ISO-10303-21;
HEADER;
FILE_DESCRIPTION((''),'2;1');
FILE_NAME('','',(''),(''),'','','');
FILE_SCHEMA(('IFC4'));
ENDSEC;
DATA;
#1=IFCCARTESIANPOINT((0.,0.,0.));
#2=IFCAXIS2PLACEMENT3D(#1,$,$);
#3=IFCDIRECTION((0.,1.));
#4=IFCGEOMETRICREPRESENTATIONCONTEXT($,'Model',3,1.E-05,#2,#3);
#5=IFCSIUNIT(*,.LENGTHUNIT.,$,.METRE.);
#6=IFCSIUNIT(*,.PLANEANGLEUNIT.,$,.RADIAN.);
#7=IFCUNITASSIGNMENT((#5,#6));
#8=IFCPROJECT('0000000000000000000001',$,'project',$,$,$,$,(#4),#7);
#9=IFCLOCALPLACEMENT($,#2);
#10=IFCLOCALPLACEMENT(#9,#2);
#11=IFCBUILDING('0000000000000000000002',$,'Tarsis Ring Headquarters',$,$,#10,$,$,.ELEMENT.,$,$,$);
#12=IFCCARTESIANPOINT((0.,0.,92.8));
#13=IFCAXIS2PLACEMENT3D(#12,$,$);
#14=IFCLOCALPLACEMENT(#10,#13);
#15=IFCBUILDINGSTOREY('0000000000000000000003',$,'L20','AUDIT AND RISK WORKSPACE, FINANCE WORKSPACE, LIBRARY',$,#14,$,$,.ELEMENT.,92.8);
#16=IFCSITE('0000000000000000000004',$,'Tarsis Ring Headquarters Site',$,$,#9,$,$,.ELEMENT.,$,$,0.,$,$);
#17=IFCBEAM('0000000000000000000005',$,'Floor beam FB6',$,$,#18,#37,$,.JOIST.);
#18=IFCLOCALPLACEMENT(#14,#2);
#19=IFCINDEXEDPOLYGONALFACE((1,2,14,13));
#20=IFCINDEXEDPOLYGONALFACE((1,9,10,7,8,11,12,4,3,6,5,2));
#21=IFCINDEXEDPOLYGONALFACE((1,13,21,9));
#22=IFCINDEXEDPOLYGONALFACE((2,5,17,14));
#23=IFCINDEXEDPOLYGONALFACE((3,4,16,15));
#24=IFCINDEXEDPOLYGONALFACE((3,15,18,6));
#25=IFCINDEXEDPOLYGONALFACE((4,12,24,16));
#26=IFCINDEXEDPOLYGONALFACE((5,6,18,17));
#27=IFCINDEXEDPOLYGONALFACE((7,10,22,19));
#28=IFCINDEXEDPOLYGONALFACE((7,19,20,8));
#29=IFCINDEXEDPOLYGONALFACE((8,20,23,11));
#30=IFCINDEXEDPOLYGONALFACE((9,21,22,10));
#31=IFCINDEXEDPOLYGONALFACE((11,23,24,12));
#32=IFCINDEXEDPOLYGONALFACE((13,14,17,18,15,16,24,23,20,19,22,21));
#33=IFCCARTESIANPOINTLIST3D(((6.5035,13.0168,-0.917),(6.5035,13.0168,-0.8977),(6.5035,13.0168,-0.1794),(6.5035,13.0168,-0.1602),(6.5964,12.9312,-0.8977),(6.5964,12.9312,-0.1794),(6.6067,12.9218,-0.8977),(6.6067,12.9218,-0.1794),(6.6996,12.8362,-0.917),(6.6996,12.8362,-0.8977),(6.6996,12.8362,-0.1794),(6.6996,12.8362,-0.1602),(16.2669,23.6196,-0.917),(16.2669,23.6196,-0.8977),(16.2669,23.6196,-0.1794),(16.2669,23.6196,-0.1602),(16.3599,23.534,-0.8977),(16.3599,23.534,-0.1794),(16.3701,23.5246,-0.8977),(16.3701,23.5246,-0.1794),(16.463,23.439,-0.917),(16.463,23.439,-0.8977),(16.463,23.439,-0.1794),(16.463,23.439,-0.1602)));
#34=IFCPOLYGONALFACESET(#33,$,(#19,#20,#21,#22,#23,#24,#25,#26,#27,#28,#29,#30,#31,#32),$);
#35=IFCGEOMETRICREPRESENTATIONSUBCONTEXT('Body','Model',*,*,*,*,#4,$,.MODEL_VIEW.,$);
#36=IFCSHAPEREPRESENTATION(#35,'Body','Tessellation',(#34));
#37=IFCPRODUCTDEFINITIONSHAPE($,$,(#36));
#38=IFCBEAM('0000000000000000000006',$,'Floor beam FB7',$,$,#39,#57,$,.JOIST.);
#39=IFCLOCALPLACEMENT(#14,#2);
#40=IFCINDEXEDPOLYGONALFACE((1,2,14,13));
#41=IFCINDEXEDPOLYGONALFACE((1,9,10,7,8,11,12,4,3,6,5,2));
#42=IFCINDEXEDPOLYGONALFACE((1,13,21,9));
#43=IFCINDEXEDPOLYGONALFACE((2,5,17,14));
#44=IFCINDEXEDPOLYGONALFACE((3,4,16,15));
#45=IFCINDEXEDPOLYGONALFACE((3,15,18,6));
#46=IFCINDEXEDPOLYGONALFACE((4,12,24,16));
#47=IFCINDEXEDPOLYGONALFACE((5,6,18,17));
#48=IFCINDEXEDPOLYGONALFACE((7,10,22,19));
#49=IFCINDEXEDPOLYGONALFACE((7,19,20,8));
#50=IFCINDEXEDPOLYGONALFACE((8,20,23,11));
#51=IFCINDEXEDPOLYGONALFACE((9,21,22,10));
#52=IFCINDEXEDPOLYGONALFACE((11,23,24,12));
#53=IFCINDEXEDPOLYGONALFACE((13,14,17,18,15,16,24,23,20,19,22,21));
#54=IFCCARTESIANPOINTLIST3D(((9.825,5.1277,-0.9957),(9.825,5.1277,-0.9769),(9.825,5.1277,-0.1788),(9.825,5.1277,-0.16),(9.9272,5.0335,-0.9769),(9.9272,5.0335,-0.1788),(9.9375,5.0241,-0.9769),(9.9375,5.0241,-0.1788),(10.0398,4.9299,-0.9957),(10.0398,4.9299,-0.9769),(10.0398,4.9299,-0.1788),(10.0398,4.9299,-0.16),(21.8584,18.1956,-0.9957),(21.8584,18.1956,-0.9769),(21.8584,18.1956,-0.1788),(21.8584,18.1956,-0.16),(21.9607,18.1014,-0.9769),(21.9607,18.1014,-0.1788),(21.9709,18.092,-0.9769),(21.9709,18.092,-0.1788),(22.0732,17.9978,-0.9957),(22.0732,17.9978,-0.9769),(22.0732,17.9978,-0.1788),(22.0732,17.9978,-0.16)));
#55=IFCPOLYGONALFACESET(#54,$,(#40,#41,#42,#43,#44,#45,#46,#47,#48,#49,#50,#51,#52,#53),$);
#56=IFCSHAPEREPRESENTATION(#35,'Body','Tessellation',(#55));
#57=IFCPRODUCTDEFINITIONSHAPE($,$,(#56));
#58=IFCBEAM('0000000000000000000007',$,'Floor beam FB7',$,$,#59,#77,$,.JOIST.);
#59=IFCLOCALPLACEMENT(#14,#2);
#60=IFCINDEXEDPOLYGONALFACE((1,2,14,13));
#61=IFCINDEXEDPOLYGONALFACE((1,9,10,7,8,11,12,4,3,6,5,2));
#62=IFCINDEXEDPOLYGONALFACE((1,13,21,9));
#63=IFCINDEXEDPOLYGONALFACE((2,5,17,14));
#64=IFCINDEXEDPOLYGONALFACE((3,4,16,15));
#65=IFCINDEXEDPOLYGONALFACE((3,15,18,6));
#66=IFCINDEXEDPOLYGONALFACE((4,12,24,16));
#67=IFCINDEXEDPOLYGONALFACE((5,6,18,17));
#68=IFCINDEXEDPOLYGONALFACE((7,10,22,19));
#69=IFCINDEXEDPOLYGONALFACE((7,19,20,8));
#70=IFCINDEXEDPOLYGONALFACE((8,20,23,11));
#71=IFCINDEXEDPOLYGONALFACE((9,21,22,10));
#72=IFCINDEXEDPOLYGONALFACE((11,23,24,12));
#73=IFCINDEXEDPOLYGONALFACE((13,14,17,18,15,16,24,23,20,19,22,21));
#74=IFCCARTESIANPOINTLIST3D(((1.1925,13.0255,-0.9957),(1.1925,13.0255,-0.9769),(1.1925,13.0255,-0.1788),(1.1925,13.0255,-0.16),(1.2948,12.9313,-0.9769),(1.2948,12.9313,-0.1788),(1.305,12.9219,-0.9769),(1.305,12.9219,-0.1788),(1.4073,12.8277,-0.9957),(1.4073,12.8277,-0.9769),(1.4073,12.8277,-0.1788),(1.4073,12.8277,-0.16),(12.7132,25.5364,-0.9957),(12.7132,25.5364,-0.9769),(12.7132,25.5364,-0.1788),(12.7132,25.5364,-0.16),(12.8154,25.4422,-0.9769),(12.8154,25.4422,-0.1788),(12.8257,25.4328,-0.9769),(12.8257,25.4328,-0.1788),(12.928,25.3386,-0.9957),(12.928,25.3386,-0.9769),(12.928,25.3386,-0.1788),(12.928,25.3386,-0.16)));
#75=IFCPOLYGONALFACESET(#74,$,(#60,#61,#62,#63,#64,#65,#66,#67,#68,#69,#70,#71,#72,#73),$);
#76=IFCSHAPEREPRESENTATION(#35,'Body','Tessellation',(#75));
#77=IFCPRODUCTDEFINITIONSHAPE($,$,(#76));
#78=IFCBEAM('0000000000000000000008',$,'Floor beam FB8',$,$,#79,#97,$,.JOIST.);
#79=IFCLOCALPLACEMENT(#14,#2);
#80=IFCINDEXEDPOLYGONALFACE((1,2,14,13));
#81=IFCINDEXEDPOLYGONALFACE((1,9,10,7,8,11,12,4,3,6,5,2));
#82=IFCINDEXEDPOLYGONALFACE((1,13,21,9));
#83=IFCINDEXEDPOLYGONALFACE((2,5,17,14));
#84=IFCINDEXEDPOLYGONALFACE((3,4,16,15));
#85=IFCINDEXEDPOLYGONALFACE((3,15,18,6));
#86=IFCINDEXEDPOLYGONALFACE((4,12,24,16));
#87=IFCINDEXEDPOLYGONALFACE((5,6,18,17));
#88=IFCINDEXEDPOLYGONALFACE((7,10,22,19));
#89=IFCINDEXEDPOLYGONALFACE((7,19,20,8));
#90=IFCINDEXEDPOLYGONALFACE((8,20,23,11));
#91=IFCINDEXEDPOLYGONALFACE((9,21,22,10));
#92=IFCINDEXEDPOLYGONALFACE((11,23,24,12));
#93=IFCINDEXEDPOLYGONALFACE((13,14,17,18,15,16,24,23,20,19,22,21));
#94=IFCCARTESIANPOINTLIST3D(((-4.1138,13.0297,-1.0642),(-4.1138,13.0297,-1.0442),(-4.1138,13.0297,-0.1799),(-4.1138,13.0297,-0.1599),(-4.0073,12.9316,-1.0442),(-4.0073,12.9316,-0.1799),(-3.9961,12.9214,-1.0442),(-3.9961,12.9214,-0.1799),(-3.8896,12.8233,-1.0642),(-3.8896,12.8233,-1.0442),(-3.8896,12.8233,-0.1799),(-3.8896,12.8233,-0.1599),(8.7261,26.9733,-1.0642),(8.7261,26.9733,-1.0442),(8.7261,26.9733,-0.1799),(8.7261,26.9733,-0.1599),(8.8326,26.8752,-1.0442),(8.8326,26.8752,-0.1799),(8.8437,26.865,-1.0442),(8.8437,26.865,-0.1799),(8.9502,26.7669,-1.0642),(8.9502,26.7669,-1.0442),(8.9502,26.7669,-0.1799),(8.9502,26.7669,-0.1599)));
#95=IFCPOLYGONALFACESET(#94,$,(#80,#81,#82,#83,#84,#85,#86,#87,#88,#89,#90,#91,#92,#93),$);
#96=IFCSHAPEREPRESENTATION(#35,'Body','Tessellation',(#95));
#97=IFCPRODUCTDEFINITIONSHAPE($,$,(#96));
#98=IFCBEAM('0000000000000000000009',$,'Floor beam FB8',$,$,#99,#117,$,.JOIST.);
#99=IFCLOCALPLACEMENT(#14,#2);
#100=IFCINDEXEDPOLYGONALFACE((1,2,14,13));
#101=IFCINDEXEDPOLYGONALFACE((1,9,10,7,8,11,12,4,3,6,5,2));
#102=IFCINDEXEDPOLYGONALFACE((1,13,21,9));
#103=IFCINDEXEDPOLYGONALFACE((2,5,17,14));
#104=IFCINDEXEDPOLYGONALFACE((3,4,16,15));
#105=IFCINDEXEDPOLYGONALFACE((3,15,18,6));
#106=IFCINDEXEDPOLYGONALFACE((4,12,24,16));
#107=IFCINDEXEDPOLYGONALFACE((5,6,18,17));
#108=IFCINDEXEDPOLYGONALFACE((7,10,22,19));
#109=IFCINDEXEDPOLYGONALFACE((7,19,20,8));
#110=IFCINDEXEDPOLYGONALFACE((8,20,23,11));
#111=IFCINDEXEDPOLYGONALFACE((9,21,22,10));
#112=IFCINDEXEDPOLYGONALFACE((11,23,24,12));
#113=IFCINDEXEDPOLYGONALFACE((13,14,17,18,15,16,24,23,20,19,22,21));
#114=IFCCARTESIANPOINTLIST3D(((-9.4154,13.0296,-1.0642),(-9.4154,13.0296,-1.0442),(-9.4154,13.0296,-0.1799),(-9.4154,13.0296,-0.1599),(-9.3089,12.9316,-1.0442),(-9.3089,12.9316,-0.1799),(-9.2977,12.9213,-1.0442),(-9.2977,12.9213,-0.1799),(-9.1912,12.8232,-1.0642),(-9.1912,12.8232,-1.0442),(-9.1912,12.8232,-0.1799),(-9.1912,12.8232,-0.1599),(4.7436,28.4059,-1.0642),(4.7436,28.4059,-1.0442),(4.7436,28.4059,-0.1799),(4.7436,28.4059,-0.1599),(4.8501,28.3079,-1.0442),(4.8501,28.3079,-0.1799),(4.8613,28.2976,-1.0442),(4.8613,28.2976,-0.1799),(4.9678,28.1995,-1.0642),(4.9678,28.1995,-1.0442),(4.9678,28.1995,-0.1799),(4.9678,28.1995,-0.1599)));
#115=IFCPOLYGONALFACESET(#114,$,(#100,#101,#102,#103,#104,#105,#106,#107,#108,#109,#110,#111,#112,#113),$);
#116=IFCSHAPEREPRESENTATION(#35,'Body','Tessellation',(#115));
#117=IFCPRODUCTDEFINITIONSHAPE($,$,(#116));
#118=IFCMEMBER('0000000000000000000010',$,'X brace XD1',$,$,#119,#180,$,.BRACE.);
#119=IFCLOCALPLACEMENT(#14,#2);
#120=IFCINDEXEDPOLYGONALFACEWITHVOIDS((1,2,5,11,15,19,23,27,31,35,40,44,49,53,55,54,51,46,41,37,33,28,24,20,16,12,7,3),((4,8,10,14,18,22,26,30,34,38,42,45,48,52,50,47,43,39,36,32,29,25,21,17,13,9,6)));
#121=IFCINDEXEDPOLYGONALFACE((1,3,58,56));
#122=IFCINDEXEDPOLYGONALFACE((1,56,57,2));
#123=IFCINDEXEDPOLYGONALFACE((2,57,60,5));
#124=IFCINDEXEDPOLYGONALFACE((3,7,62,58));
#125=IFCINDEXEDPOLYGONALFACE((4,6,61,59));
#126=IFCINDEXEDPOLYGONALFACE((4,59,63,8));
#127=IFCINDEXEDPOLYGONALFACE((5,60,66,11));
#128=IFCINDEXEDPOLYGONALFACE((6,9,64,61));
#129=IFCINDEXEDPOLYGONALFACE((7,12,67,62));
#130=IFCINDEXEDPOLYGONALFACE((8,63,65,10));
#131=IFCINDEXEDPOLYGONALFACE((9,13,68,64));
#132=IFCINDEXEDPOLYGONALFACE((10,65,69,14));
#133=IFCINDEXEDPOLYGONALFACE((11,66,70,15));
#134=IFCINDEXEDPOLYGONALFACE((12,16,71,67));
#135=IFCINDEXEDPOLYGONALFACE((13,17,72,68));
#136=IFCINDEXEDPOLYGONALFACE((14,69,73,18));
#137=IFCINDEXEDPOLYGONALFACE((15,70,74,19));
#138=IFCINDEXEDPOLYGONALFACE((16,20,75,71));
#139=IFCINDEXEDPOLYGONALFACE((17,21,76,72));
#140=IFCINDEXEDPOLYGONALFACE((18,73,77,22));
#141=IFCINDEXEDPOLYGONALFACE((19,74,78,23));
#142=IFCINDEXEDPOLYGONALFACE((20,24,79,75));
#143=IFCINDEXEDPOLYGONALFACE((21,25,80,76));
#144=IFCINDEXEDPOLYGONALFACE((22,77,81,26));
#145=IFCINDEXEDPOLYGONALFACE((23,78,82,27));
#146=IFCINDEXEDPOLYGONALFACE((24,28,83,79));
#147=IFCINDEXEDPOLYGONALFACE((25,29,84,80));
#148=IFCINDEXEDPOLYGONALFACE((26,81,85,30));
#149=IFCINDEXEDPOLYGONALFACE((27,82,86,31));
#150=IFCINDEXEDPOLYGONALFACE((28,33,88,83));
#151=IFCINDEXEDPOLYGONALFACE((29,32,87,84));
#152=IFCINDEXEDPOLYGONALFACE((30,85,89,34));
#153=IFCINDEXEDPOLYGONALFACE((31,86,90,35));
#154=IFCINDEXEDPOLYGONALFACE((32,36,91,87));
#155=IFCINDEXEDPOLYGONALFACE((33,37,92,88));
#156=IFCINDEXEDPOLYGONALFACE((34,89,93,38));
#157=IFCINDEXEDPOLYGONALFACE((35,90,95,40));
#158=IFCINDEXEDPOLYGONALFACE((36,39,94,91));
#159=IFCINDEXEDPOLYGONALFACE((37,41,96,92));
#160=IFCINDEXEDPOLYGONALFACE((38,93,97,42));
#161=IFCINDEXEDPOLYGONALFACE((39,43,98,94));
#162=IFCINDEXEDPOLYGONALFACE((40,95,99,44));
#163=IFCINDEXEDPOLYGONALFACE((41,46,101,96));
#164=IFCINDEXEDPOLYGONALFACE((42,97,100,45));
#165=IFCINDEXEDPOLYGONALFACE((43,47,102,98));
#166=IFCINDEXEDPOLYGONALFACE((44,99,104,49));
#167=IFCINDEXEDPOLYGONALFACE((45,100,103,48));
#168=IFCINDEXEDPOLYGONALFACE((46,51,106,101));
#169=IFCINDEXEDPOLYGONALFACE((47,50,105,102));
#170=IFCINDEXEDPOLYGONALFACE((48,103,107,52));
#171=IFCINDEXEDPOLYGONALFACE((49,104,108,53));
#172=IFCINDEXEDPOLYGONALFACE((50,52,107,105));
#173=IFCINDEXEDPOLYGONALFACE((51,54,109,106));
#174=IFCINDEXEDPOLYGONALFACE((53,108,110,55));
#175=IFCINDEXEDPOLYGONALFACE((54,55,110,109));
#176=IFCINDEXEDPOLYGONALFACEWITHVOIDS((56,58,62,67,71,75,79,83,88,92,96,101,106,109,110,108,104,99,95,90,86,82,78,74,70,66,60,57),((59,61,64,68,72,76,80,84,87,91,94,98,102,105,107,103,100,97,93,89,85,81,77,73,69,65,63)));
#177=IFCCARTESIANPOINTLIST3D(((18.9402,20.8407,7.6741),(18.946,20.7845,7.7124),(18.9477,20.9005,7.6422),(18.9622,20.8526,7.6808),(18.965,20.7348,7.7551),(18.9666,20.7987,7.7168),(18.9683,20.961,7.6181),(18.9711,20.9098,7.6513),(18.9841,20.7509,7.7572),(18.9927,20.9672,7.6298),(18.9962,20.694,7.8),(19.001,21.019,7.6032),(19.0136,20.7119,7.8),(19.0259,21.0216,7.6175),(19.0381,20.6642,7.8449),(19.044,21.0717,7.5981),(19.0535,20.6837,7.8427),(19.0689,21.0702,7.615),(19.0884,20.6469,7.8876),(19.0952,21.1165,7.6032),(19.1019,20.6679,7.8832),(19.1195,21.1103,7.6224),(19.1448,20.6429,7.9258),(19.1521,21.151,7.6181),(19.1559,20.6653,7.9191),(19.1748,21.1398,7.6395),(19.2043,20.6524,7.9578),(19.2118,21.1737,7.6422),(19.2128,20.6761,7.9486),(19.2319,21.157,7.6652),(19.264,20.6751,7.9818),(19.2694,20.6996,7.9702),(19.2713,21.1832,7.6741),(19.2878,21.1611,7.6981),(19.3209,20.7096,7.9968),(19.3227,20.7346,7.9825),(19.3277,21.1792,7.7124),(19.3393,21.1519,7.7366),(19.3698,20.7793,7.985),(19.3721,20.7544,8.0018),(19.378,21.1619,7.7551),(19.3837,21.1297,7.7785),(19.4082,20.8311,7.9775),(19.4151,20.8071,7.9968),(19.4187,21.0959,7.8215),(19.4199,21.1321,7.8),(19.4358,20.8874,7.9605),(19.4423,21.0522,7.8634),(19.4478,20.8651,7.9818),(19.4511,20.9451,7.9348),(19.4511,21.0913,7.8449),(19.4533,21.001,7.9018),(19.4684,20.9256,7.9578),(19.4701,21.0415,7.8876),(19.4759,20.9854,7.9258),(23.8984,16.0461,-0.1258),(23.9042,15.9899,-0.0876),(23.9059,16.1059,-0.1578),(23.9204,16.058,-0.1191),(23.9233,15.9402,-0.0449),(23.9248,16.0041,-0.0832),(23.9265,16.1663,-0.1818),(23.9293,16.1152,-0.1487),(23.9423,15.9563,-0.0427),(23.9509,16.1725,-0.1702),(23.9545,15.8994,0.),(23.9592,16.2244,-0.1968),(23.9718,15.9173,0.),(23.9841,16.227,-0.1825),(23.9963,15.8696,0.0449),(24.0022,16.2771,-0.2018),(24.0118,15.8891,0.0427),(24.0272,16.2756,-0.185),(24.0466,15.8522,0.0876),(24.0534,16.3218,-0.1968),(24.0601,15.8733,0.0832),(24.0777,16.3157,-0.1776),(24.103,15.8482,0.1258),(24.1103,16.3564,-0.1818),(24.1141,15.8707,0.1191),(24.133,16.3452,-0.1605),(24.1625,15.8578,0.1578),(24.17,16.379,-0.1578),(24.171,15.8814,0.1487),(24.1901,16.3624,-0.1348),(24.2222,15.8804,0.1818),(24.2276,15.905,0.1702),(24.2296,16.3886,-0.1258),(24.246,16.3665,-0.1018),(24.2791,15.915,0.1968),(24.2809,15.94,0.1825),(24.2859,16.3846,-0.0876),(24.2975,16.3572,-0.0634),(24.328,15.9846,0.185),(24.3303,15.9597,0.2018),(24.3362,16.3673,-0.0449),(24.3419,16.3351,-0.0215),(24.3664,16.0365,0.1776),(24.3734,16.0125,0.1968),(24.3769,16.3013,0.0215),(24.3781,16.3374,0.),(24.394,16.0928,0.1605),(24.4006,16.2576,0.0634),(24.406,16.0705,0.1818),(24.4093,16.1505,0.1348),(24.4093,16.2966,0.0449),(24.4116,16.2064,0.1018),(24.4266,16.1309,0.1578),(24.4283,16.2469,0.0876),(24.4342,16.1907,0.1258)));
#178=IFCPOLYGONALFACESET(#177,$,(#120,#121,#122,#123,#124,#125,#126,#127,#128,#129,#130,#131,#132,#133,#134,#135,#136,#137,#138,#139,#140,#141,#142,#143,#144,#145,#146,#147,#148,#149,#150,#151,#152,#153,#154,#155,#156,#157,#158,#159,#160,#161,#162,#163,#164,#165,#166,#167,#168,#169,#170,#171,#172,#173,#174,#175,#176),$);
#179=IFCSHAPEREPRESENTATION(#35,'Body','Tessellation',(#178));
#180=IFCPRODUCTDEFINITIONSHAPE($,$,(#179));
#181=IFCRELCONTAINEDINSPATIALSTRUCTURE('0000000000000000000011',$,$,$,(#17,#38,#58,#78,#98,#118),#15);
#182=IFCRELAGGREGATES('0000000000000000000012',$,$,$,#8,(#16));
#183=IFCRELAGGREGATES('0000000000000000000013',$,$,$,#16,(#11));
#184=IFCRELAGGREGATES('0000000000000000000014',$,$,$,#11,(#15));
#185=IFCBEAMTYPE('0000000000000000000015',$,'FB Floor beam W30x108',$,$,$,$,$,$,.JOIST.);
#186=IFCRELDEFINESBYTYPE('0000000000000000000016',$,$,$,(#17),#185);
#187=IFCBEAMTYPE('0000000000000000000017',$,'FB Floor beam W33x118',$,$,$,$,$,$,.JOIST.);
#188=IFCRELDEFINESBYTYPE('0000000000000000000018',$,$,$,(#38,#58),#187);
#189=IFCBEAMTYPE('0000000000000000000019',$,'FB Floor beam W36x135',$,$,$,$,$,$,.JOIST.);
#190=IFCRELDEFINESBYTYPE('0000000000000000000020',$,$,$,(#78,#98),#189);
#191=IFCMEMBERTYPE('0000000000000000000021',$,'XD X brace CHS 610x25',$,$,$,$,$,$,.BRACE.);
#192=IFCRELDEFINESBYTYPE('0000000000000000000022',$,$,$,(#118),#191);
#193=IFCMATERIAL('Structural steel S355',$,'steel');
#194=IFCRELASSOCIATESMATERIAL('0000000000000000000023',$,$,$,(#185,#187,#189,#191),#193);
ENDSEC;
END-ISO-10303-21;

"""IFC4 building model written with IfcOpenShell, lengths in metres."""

from ifc_helpers import new_model, si_unit, direction, frame, origin, origin_2d, place, context, subcontext, project, spatial, hollow_circle, i_section, extrude, material, material_profile, profile_set, type_object, element, save


model = new_model("IFC4")

# Units and contexts
model_context = context("Model", 3, precision=1e-05, world=origin(), true_north=direction((0.0, 1.0)))
body_context = subcontext(model_context, "Body", "Model", "MODEL_VIEW")
ifc_project = project(units=[si_unit("LENGTHUNIT", "METRE"), si_unit("PLANEANGLEUNIT", "RADIAN")], contexts=[model_context])

# Site, building, storey
site_placement = place(None, origin())
site = spatial("IfcSite", under=ifc_project, at=site_placement, Name="Tarsis Ring Headquarters Site", CompositionType="ELEMENT", RefElevation=0.0)
building_placement = place(site_placement, origin())
building = spatial("IfcBuilding", under=site, at=building_placement, Name="Tarsis Ring Headquarters", CompositionType="ELEMENT")
storey_placement = place(building_placement, frame((0.0, 0.0, 92.8)))
storey = spatial("IfcBuildingStorey", under=building, at=storey_placement, Name="L20", Description="AUDIT AND RISK WORKSPACE, FINANCE WORKSPACE, LIBRARY", CompositionType="ELEMENT", Elevation=92.8)

# Shared definitions
ifc_material_1 = material(Name="Structural steel S355", Category="steel")

# Beams
ifc_material_profile_1 = material_profile(ifc_material_1, i_section(OverallWidth=0.2666, OverallDepth=0.7568, WebThickness=0.0139, FlangeThickness=0.0193, at=origin_2d()), Name="W30x108")
ifc_profile_set_1 = profile_set([ifc_material_profile_1], Name="Structural steel S355")
beam_type_1 = type_object("IfcBeamType", Name="FB Floor beam W30x108", PredefinedType="JOIST", material=ifc_profile_set_1)
beam_1_placement = place(storey_placement, frame((16.365, 23.5293, -0.5386), z_axis=(-0.67739, -0.735624, 0.0), x_axis=(0.735624, -0.67739, 0.0)))
element("IfcBeam", 1, at=beam_1_placement, inside=storey, type_object=beam_type_1, Name="Floor beam FB6", PredefinedType="JOIST", context=body_context, shape_type="SweptSolid", body=[
    extrude(i_section(OverallWidth=0.2666, OverallDepth=0.7568, WebThickness=0.0139, FlangeThickness=0.0193, at=origin_2d()), origin(), (0.0, 0.0, 1.0), 14.4133),
])
ifc_material_profile_2 = material_profile(ifc_material_1, i_section(OverallWidth=0.292, OverallDepth=0.8357, WebThickness=0.0139, FlangeThickness=0.0188, at=origin_2d()), Name="W33x118")
ifc_profile_set_2 = profile_set([ifc_material_profile_2], Name="Structural steel S355")
beam_type_2 = type_object("IfcBeamType", Name="FB Floor beam W33x118", PredefinedType="JOIST", material=ifc_profile_set_2)
beam_2_placement = place(storey_placement, frame((21.9658, 18.0967, -0.5779), z_axis=(-0.677392, -0.735622, 0.0), x_axis=(0.735622, -0.677392, 0.0)))
element("IfcBeam", 2, at=beam_2_placement, inside=storey, type_object=beam_type_2, Name="Floor beam FB7", PredefinedType="JOIST", context=body_context, shape_type="SweptSolid", body=[
    extrude(i_section(OverallWidth=0.292, OverallDepth=0.8357, WebThickness=0.0139, FlangeThickness=0.0188, at=origin_2d()), origin(), (0.0, 0.0, 1.0), 17.7644),
])
beam_3_placement = place(storey_placement, frame((12.8206, 25.4375, -0.5779), z_axis=(-0.677395, -0.735619, 0.0), x_axis=(0.735619, -0.677395, 0.0)))
element("IfcBeam", 3, at=beam_3_placement, inside=storey, type_object=beam_type_2, Name="Floor beam FB7", PredefinedType="JOIST", context=body_context, shape_type="SweptSolid", body=[
    extrude(i_section(OverallWidth=0.292, OverallDepth=0.8357, WebThickness=0.0139, FlangeThickness=0.0188, at=origin_2d()), origin(), (0.0, 0.0, 1.0), 17.0073),
])
ifc_material_profile_3 = material_profile(ifc_material_1, i_section(OverallWidth=0.3047, OverallDepth=0.9043, WebThickness=0.0151, FlangeThickness=0.02, at=origin_2d()), Name="W36x135")
ifc_profile_set_3 = profile_set([ifc_material_profile_3], Name="Structural steel S355")
beam_type_3 = type_object("IfcBeamType", Name="FB Floor beam W36x135", PredefinedType="JOIST", material=ifc_profile_set_3)
beam_4_placement = place(storey_placement, frame((8.8381, 26.8701, -0.6121), z_axis=(-0.677392, -0.735623, 0.0), x_axis=(0.735623, -0.677392, 0.0)))
element("IfcBeam", 4, at=beam_4_placement, inside=storey, type_object=beam_type_3, Name="Floor beam FB8", PredefinedType="JOIST", context=body_context, shape_type="SweptSolid", body=[
    extrude(i_section(OverallWidth=0.3047, OverallDepth=0.9043, WebThickness=0.0151, FlangeThickness=0.02, at=origin_2d()), origin(), (0.0, 0.0, 1.0), 18.9548),
])
beam_5_placement = place(storey_placement, frame((4.8557, 28.3027, -0.6121), z_axis=(-0.677388, -0.735626, 0.0), x_axis=(0.735626, -0.677388, 0.0)))
element("IfcBeam", 5, at=beam_5_placement, inside=storey, type_object=beam_type_3, Name="Floor beam FB8", PredefinedType="JOIST", context=body_context, shape_type="SweptSolid", body=[
    extrude(i_section(OverallWidth=0.3047, OverallDepth=0.9043, WebThickness=0.0151, FlangeThickness=0.02, at=origin_2d()), origin(), (0.0, 0.0, 1.0), 20.9023),
])

# Member
ifc_material_profile_4 = material_profile(ifc_material_1, hollow_circle(Radius=0.3047, WallThickness=0.0249, at=origin_2d()), Name="CHS 610x25")
ifc_profile_set_4 = profile_set([ifc_material_profile_4], Name="Structural steel S355")
member_type = type_object("IfcMemberType", Name="XD X brace CHS 610x25", PredefinedType="BRACE", material=ifc_profile_set_4)
member_1_placement = place(storey_placement, frame((24.1663, 16.1184, 0.0), z_axis=(-0.476196, 0.460486, 0.749126), x_axis=(-0.69515, -0.718865, 0.0)))
element("IfcMember", 6, at=member_1_placement, inside=storey, type_object=member_type, Name="X brace XD1", PredefinedType="BRACE", context=body_context, shape_type="SweptSolid", body=[
    extrude(hollow_circle(Radius=0.3047, WallThickness=0.0249, at=origin_2d()), origin(), (0.0, 0.0, 1.0), 10.4121),
])

save(model, "model.ifc")
